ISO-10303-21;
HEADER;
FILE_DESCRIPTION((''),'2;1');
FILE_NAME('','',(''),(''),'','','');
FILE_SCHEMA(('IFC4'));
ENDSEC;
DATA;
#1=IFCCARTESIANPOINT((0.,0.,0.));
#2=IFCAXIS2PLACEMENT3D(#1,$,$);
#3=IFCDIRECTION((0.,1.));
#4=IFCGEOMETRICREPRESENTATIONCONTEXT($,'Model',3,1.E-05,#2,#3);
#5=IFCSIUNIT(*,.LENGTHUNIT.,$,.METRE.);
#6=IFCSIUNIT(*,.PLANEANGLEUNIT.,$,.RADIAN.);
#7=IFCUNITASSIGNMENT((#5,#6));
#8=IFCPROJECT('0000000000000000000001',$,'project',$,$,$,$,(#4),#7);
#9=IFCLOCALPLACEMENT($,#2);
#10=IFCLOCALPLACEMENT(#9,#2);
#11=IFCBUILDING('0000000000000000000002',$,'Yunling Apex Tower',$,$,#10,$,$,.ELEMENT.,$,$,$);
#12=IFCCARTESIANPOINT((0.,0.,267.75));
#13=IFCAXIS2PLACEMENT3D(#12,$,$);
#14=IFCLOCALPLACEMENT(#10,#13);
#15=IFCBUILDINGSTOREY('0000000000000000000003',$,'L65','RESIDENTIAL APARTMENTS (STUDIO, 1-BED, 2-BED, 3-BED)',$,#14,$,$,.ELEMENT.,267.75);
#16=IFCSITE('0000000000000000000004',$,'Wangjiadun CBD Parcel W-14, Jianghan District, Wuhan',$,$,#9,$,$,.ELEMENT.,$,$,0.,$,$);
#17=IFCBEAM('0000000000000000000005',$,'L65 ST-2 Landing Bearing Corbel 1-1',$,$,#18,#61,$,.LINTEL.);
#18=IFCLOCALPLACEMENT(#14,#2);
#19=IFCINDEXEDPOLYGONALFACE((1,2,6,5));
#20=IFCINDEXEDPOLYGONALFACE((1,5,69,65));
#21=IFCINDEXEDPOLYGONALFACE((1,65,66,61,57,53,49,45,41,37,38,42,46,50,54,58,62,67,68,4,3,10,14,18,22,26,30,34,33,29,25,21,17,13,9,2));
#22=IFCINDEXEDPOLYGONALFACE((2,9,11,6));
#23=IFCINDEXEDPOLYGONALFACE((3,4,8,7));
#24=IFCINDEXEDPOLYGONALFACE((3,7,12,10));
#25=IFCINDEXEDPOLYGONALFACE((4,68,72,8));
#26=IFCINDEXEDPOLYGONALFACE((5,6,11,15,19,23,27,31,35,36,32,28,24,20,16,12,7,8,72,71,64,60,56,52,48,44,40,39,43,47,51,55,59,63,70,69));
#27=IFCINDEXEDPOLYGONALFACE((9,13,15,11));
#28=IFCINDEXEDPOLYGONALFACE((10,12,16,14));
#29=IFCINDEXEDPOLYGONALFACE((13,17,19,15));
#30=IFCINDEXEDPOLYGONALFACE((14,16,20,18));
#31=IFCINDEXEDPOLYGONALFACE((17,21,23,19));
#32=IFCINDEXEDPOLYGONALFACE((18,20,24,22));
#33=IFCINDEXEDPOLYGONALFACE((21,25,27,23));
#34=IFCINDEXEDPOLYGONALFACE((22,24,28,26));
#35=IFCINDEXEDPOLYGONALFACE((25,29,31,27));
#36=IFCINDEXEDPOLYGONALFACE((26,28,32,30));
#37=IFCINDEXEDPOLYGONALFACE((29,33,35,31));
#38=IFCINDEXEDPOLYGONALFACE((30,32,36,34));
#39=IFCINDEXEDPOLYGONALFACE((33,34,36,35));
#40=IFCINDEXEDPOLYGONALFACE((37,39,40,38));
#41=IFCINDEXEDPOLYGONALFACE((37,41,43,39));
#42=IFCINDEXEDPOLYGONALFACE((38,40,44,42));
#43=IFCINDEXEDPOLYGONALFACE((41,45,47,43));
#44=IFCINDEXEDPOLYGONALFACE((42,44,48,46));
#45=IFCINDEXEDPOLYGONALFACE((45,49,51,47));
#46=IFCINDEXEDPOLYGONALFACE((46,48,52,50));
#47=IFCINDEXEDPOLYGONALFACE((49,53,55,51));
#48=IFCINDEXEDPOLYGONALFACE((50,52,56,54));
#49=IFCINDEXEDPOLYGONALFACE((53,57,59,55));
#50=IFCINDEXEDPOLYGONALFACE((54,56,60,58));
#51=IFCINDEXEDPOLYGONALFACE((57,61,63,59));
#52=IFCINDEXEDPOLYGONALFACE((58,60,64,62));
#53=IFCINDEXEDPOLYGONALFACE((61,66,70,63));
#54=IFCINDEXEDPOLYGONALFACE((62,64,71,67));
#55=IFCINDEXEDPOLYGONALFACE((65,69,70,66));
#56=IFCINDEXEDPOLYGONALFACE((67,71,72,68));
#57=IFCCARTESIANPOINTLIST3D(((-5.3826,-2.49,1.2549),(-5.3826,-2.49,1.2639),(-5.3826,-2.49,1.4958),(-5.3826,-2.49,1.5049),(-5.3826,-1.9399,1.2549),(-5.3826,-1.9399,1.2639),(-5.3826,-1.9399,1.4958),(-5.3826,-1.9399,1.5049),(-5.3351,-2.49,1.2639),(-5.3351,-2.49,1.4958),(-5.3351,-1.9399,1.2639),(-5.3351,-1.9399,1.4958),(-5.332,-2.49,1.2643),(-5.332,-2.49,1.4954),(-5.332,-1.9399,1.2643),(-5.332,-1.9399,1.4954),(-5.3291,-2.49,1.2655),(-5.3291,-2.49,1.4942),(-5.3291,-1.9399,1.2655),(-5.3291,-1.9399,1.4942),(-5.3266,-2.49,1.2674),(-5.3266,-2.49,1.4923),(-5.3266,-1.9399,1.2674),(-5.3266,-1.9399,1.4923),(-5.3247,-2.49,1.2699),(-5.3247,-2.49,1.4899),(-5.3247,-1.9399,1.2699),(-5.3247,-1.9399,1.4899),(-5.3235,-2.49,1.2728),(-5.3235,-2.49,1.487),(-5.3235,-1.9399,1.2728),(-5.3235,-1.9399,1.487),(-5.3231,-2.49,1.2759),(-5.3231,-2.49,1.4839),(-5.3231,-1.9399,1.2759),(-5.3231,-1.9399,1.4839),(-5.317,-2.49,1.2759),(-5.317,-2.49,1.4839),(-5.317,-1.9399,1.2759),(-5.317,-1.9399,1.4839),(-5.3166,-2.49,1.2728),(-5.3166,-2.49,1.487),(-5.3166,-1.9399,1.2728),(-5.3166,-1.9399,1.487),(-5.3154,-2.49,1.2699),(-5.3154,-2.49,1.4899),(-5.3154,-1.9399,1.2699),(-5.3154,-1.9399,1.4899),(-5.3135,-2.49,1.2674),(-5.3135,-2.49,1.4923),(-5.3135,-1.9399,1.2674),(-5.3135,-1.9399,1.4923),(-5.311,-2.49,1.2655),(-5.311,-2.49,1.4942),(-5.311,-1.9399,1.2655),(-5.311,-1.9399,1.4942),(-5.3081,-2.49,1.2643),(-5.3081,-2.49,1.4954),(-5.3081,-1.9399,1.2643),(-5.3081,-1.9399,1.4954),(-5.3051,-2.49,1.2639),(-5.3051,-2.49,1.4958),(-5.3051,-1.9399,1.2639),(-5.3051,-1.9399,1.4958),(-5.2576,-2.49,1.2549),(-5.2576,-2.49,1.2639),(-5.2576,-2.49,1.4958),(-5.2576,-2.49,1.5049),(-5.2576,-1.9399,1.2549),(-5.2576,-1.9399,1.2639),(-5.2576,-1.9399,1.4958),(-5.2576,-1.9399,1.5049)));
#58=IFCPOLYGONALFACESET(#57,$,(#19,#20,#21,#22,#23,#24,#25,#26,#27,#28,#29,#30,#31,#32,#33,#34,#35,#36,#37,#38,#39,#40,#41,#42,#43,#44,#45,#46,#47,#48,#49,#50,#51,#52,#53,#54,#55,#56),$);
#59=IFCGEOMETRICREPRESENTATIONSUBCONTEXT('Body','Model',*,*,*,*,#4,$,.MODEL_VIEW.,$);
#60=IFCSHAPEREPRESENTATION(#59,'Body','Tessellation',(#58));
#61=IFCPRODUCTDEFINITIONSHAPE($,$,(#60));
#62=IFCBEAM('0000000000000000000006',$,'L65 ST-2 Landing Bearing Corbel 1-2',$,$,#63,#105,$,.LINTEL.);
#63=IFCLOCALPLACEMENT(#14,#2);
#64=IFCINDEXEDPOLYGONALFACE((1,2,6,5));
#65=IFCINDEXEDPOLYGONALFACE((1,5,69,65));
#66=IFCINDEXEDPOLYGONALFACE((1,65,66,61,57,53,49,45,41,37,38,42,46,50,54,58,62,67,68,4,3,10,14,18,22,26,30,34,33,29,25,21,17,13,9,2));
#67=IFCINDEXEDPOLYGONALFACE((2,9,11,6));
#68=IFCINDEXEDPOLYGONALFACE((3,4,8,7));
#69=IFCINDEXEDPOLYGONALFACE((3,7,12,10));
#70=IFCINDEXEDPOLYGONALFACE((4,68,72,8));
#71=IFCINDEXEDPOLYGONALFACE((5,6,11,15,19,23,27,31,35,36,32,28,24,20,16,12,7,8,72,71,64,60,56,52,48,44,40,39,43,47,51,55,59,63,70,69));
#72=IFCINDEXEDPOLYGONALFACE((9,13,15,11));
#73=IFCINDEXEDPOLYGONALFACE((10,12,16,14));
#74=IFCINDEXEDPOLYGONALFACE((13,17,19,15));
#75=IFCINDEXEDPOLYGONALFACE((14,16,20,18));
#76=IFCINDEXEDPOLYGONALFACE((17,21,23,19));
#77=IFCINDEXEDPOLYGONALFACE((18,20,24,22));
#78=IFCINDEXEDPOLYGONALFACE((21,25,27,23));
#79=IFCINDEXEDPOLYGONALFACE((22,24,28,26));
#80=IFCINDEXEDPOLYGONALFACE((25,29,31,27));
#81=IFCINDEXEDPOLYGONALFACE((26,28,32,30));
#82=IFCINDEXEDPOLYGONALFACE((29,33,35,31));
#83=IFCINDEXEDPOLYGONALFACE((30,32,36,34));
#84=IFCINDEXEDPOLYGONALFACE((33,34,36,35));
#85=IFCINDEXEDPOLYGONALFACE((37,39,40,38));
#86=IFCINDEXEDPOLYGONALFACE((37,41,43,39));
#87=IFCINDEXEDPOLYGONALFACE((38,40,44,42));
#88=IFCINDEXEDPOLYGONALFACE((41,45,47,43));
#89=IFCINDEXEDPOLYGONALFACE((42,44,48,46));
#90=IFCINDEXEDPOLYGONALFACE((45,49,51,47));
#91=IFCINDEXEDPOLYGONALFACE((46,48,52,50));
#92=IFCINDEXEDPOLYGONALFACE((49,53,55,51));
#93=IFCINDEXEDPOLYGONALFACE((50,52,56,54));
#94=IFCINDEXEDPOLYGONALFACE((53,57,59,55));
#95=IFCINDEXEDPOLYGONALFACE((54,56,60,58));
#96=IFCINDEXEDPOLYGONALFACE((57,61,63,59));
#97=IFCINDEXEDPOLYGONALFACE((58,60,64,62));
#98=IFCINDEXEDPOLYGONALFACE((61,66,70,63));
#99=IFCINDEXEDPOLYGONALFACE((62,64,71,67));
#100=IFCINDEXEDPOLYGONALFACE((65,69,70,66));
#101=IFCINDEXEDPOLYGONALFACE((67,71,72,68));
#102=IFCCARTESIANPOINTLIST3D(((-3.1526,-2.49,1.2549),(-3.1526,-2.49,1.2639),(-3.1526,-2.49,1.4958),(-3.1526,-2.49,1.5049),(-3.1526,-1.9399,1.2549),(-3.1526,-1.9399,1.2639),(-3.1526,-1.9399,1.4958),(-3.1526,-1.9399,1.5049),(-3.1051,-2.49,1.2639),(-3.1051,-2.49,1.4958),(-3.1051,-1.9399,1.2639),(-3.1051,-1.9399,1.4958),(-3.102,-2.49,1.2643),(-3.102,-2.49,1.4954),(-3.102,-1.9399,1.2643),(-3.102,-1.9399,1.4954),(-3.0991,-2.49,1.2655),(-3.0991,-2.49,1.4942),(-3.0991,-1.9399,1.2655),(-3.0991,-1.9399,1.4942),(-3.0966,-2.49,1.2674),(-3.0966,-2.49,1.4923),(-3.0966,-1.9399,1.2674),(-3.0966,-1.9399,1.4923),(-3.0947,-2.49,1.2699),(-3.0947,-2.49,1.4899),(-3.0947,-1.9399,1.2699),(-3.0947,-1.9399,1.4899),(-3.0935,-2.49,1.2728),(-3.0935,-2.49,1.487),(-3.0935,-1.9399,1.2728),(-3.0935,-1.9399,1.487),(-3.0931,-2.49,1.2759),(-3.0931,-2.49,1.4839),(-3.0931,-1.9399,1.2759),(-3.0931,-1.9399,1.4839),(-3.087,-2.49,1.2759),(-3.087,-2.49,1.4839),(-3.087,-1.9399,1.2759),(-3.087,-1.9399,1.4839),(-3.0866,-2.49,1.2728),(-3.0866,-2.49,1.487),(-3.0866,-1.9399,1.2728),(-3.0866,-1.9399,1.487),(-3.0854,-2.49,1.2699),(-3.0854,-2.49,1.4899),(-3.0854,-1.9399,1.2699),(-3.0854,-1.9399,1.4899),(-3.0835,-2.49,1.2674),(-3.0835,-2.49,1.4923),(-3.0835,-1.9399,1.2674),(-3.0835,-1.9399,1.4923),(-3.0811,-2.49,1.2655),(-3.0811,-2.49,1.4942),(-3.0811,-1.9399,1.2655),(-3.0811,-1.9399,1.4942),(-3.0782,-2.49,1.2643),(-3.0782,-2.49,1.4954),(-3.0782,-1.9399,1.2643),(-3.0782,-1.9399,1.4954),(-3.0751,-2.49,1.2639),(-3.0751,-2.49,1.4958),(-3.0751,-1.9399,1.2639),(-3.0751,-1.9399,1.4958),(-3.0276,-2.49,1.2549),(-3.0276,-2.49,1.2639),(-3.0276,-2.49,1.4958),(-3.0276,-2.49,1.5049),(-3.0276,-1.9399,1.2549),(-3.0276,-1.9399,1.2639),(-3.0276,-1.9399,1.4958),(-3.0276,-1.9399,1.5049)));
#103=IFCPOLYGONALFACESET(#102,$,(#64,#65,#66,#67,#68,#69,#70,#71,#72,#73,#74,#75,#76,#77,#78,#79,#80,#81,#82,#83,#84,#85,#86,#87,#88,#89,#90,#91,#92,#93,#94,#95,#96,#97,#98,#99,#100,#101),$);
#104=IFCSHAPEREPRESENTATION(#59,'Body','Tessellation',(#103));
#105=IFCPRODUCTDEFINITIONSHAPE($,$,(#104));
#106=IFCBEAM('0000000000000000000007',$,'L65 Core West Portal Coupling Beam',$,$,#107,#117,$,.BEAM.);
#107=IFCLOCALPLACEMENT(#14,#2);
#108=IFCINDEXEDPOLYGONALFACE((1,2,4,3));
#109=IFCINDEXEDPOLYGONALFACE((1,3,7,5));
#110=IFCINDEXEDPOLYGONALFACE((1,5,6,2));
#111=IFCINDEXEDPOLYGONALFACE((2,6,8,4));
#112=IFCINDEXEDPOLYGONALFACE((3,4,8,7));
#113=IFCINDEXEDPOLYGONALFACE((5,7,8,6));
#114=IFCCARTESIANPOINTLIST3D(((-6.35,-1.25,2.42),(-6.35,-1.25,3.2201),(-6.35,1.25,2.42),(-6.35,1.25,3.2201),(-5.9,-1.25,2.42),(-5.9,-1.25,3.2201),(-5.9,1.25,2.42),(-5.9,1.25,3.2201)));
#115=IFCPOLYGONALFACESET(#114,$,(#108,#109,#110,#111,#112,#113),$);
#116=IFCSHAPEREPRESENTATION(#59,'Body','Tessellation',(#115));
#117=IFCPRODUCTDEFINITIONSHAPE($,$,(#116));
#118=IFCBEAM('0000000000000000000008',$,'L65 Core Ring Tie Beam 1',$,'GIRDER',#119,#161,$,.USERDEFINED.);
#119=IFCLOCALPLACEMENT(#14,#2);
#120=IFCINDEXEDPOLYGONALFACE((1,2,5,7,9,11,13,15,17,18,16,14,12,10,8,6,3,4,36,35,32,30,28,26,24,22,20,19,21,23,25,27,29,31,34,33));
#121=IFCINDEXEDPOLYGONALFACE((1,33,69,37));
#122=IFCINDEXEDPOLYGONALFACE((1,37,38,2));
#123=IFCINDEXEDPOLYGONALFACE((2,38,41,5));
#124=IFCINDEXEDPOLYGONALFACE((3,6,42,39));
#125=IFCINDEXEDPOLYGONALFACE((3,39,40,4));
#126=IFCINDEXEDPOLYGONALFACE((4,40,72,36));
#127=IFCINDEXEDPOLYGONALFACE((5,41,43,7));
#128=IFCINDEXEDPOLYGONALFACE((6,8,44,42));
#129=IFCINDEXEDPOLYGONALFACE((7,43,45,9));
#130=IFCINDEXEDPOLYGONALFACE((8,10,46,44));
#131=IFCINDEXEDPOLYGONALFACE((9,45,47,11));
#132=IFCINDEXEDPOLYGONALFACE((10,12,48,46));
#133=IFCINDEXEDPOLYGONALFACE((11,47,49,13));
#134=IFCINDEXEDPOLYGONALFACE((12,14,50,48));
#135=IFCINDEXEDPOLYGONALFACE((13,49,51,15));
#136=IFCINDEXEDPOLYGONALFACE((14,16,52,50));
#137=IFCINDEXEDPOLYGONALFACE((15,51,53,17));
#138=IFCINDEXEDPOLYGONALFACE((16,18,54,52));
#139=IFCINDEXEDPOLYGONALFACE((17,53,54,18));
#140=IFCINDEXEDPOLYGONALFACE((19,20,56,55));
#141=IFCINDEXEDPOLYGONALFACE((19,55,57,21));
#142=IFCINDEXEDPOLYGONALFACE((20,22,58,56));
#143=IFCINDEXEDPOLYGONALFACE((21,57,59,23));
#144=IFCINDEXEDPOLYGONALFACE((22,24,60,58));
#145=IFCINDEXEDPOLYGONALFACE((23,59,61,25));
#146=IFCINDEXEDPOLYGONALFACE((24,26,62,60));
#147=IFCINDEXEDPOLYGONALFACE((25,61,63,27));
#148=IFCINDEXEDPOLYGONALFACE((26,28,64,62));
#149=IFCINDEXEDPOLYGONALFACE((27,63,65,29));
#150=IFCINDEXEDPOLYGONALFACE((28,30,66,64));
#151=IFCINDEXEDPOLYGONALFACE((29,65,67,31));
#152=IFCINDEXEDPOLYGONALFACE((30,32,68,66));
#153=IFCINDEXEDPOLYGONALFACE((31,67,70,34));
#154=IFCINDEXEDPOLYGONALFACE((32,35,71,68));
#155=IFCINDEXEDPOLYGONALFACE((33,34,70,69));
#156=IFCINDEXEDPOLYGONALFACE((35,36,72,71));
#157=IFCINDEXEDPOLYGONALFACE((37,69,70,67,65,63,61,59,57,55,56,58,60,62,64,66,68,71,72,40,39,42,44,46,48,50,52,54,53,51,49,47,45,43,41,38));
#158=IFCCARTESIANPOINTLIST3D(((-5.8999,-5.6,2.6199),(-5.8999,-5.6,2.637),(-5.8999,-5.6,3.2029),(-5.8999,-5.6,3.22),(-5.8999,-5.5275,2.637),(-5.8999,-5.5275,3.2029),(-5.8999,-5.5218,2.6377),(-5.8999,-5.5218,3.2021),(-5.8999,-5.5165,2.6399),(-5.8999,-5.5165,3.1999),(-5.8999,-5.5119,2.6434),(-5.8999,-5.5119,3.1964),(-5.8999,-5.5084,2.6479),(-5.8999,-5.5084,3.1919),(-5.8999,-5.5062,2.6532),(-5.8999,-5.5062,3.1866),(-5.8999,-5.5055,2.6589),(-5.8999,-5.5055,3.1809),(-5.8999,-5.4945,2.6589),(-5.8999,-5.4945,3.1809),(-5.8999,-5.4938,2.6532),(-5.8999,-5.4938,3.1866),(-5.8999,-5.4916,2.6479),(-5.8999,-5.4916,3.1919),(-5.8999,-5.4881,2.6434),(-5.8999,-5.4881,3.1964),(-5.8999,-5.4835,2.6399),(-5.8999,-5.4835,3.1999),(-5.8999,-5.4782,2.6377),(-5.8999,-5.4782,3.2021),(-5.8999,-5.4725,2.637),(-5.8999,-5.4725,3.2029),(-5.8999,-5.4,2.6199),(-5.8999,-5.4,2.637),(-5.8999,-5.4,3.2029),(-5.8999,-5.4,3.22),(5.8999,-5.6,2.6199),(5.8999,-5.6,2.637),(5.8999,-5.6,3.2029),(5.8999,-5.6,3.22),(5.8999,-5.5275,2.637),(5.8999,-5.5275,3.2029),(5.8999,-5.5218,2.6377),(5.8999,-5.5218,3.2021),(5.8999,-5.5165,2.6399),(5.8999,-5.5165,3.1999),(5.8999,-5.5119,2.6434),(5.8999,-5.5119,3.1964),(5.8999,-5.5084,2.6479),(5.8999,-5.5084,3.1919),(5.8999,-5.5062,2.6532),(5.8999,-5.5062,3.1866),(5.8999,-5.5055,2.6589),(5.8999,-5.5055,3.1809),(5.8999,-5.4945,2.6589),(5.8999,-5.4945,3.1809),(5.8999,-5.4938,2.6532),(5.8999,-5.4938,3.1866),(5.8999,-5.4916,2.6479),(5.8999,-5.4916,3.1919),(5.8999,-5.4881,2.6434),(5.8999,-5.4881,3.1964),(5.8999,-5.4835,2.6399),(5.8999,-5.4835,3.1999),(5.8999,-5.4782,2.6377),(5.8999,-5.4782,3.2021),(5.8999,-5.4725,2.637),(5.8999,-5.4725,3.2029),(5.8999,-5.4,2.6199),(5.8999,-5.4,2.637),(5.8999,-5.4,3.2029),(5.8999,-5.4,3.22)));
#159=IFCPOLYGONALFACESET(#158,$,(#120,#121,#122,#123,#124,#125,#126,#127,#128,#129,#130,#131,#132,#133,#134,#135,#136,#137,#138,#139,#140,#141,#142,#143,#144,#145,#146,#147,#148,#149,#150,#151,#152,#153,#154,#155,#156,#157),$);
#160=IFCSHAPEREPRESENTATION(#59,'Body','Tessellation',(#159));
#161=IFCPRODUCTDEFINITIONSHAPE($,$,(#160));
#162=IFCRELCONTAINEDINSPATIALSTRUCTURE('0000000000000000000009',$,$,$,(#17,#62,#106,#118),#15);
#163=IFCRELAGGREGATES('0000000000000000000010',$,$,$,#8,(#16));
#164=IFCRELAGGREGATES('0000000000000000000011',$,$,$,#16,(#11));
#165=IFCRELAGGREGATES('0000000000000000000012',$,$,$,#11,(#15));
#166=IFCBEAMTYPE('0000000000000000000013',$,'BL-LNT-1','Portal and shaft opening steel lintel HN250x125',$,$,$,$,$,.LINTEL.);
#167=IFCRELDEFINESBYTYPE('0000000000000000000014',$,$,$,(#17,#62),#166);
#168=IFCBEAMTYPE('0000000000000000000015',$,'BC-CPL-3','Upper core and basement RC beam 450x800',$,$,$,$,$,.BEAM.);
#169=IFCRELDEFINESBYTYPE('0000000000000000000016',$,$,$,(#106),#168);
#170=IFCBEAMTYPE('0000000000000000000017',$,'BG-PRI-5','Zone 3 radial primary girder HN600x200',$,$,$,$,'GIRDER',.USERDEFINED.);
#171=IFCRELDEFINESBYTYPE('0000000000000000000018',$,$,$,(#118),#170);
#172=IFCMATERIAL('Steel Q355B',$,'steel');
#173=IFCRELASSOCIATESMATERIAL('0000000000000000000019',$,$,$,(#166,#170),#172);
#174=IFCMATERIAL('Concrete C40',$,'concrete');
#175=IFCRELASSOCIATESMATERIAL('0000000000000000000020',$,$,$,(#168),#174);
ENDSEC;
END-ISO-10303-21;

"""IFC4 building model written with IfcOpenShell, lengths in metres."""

from ifc_helpers import new_model, si_unit, direction, frame, origin, origin_2d, place, context, subcontext, project, spatial, rectangle, i_section, extrude, source, transform, mapped, material, material_profile, profile_set, type_object, element, save


model = new_model("IFC4")

# Units and contexts
model_context = context("Model", 3, precision=1e-05, world=origin(), true_north=direction((0.0, 1.0)))
body_context = subcontext(model_context, "Body", "Model", "MODEL_VIEW")
ifc_project = project(units=[si_unit("LENGTHUNIT", "METRE"), si_unit("PLANEANGLEUNIT", "RADIAN")], contexts=[model_context])

# Site, building, storey
site_placement = place(None, origin())
site = spatial("IfcSite", under=ifc_project, at=site_placement, Name="Wangjiadun CBD Parcel W-14, Jianghan District, Wuhan", CompositionType="ELEMENT", RefElevation=0.0)
building_placement = place(site_placement, origin())
building = spatial("IfcBuilding", under=site, at=building_placement, Name="Yunling Apex Tower", CompositionType="ELEMENT")
storey_placement = place(building_placement, frame((0.0, 0.0, 267.75)))
storey = spatial("IfcBuildingStorey", under=building, at=storey_placement, Name="L65", Description="RESIDENTIAL APARTMENTS (STUDIO, 1-BED, 2-BED, 3-BED)", CompositionType="ELEMENT", Elevation=267.75)

# Shared definitions
ifc_material_1 = material(Name="Steel Q355B", Category="steel")

# Beams
ifc_material_profile_1 = material_profile(ifc_material_1, i_section(OverallWidth=0.125, OverallDepth=0.25, WebThickness=0.0061, FlangeThickness=0.009, FilletRadius=0.012, at=origin_2d()))
ifc_profile_set_1 = profile_set([ifc_material_profile_1], Name="Steel Q355B")
beam_type_1 = type_object("IfcBeamType", Name="BL-LNT-1", Description="Portal and shaft opening steel lintel HN250x125", PredefinedType="LINTEL", material=ifc_profile_set_1)
shared_shape_1 = source(origin(), body_context, "Body", "SweptSolid", [
    extrude(i_section(OverallWidth=0.125, OverallDepth=0.25, WebThickness=0.0061, FlangeThickness=0.009, FilletRadius=0.012, at=origin_2d()), origin(), (0.0, 0.0, 1.0), 0.55),
])
for number, where, z_axis, x_axis, name in (
    (1, (-5.3201, -1.9399, 1.3799), (0.0, -1.0, 0.0), (1.0, 0.0, 0.0), "L65 ST-2 Landing Bearing Corbel 1-1"),
    (2, (-3.0901, -1.9399, 1.3799), (0.0, -1.0, 0.0), (1.0, 0.0, 0.0), "L65 ST-2 Landing Bearing Corbel 1-2"),
):
    element("IfcBeam", number, at=place(storey_placement, frame(where, z_axis=z_axis, x_axis=x_axis)), inside=storey, type_object=beam_type_1, Name=name, PredefinedType="LINTEL", context=body_context, shape_type="MappedRepresentation", body=[
        mapped(shared_shape_1, transform((0.0, 0.0, 0.0), scale=1.0)),
    ])
ifc_material_2 = material(Name="Concrete C40", Category="concrete")
ifc_material_profile_2 = material_profile(ifc_material_2, rectangle(XDim=0.45, YDim=0.8, at=origin_2d()))
ifc_profile_set_2 = profile_set([ifc_material_profile_2], Name="Concrete C40")
beam_type_2 = type_object("IfcBeamType", Name="BC-CPL-3", Description="Upper core and basement RC beam 450x800", PredefinedType="BEAM", material=ifc_profile_set_2)
shared_shape_2 = source(origin(), body_context, "Body", "SweptSolid", [
    extrude(rectangle(XDim=0.45, YDim=0.8, at=origin_2d()), origin(), (0.0, 0.0, 1.0), 2.5),
])
beam_1_placement = place(storey_placement, frame((-6.125, -1.25, 2.8201), z_axis=(0.0, 1.0, 0.0), x_axis=(-1.0, 0.0, 0.0)))
element("IfcBeam", 3, at=beam_1_placement, inside=storey, type_object=beam_type_2, Name="L65 Core West Portal Coupling Beam", PredefinedType="BEAM", context=body_context, shape_type="MappedRepresentation", body=[
    mapped(shared_shape_2, transform((0.0, 0.0, 0.0), scale=1.0)),
])
ifc_material_profile_3 = material_profile(ifc_material_1, i_section(OverallWidth=0.2, OverallDepth=0.6001, WebThickness=0.011, FlangeThickness=0.0171, FilletRadius=0.022, at=origin_2d()))
ifc_profile_set_3 = profile_set([ifc_material_profile_3], Name="Steel Q355B")
beam_type_3 = type_object("IfcBeamType", Name="BG-PRI-5", Description="Zone 3 radial primary girder HN600x200", ElementType="GIRDER", PredefinedType="USERDEFINED", material=ifc_profile_set_3)
shared_shape_3 = source(origin(), body_context, "Body", "SweptSolid", [
    extrude(i_section(OverallWidth=0.2, OverallDepth=0.6001, WebThickness=0.011, FlangeThickness=0.0171, FilletRadius=0.022, at=origin_2d()), origin(), (0.0, 0.0, 1.0), 11.7998),
])
beam_2_placement = place(storey_placement, frame((-5.8999, -5.5, 2.9199), z_axis=(1.0, 0.0, 0.0), x_axis=(0.0, 1.0, 0.0)))
element("IfcBeam", 4, at=beam_2_placement, inside=storey, type_object=beam_type_3, Name="L65 Core Ring Tie Beam 1", ObjectType="GIRDER", PredefinedType="USERDEFINED", context=body_context, shape_type="MappedRepresentation", body=[
    mapped(shared_shape_3, transform((0.0, 0.0, 0.0), scale=1.0)),
])

save(model, "model.ifc")
